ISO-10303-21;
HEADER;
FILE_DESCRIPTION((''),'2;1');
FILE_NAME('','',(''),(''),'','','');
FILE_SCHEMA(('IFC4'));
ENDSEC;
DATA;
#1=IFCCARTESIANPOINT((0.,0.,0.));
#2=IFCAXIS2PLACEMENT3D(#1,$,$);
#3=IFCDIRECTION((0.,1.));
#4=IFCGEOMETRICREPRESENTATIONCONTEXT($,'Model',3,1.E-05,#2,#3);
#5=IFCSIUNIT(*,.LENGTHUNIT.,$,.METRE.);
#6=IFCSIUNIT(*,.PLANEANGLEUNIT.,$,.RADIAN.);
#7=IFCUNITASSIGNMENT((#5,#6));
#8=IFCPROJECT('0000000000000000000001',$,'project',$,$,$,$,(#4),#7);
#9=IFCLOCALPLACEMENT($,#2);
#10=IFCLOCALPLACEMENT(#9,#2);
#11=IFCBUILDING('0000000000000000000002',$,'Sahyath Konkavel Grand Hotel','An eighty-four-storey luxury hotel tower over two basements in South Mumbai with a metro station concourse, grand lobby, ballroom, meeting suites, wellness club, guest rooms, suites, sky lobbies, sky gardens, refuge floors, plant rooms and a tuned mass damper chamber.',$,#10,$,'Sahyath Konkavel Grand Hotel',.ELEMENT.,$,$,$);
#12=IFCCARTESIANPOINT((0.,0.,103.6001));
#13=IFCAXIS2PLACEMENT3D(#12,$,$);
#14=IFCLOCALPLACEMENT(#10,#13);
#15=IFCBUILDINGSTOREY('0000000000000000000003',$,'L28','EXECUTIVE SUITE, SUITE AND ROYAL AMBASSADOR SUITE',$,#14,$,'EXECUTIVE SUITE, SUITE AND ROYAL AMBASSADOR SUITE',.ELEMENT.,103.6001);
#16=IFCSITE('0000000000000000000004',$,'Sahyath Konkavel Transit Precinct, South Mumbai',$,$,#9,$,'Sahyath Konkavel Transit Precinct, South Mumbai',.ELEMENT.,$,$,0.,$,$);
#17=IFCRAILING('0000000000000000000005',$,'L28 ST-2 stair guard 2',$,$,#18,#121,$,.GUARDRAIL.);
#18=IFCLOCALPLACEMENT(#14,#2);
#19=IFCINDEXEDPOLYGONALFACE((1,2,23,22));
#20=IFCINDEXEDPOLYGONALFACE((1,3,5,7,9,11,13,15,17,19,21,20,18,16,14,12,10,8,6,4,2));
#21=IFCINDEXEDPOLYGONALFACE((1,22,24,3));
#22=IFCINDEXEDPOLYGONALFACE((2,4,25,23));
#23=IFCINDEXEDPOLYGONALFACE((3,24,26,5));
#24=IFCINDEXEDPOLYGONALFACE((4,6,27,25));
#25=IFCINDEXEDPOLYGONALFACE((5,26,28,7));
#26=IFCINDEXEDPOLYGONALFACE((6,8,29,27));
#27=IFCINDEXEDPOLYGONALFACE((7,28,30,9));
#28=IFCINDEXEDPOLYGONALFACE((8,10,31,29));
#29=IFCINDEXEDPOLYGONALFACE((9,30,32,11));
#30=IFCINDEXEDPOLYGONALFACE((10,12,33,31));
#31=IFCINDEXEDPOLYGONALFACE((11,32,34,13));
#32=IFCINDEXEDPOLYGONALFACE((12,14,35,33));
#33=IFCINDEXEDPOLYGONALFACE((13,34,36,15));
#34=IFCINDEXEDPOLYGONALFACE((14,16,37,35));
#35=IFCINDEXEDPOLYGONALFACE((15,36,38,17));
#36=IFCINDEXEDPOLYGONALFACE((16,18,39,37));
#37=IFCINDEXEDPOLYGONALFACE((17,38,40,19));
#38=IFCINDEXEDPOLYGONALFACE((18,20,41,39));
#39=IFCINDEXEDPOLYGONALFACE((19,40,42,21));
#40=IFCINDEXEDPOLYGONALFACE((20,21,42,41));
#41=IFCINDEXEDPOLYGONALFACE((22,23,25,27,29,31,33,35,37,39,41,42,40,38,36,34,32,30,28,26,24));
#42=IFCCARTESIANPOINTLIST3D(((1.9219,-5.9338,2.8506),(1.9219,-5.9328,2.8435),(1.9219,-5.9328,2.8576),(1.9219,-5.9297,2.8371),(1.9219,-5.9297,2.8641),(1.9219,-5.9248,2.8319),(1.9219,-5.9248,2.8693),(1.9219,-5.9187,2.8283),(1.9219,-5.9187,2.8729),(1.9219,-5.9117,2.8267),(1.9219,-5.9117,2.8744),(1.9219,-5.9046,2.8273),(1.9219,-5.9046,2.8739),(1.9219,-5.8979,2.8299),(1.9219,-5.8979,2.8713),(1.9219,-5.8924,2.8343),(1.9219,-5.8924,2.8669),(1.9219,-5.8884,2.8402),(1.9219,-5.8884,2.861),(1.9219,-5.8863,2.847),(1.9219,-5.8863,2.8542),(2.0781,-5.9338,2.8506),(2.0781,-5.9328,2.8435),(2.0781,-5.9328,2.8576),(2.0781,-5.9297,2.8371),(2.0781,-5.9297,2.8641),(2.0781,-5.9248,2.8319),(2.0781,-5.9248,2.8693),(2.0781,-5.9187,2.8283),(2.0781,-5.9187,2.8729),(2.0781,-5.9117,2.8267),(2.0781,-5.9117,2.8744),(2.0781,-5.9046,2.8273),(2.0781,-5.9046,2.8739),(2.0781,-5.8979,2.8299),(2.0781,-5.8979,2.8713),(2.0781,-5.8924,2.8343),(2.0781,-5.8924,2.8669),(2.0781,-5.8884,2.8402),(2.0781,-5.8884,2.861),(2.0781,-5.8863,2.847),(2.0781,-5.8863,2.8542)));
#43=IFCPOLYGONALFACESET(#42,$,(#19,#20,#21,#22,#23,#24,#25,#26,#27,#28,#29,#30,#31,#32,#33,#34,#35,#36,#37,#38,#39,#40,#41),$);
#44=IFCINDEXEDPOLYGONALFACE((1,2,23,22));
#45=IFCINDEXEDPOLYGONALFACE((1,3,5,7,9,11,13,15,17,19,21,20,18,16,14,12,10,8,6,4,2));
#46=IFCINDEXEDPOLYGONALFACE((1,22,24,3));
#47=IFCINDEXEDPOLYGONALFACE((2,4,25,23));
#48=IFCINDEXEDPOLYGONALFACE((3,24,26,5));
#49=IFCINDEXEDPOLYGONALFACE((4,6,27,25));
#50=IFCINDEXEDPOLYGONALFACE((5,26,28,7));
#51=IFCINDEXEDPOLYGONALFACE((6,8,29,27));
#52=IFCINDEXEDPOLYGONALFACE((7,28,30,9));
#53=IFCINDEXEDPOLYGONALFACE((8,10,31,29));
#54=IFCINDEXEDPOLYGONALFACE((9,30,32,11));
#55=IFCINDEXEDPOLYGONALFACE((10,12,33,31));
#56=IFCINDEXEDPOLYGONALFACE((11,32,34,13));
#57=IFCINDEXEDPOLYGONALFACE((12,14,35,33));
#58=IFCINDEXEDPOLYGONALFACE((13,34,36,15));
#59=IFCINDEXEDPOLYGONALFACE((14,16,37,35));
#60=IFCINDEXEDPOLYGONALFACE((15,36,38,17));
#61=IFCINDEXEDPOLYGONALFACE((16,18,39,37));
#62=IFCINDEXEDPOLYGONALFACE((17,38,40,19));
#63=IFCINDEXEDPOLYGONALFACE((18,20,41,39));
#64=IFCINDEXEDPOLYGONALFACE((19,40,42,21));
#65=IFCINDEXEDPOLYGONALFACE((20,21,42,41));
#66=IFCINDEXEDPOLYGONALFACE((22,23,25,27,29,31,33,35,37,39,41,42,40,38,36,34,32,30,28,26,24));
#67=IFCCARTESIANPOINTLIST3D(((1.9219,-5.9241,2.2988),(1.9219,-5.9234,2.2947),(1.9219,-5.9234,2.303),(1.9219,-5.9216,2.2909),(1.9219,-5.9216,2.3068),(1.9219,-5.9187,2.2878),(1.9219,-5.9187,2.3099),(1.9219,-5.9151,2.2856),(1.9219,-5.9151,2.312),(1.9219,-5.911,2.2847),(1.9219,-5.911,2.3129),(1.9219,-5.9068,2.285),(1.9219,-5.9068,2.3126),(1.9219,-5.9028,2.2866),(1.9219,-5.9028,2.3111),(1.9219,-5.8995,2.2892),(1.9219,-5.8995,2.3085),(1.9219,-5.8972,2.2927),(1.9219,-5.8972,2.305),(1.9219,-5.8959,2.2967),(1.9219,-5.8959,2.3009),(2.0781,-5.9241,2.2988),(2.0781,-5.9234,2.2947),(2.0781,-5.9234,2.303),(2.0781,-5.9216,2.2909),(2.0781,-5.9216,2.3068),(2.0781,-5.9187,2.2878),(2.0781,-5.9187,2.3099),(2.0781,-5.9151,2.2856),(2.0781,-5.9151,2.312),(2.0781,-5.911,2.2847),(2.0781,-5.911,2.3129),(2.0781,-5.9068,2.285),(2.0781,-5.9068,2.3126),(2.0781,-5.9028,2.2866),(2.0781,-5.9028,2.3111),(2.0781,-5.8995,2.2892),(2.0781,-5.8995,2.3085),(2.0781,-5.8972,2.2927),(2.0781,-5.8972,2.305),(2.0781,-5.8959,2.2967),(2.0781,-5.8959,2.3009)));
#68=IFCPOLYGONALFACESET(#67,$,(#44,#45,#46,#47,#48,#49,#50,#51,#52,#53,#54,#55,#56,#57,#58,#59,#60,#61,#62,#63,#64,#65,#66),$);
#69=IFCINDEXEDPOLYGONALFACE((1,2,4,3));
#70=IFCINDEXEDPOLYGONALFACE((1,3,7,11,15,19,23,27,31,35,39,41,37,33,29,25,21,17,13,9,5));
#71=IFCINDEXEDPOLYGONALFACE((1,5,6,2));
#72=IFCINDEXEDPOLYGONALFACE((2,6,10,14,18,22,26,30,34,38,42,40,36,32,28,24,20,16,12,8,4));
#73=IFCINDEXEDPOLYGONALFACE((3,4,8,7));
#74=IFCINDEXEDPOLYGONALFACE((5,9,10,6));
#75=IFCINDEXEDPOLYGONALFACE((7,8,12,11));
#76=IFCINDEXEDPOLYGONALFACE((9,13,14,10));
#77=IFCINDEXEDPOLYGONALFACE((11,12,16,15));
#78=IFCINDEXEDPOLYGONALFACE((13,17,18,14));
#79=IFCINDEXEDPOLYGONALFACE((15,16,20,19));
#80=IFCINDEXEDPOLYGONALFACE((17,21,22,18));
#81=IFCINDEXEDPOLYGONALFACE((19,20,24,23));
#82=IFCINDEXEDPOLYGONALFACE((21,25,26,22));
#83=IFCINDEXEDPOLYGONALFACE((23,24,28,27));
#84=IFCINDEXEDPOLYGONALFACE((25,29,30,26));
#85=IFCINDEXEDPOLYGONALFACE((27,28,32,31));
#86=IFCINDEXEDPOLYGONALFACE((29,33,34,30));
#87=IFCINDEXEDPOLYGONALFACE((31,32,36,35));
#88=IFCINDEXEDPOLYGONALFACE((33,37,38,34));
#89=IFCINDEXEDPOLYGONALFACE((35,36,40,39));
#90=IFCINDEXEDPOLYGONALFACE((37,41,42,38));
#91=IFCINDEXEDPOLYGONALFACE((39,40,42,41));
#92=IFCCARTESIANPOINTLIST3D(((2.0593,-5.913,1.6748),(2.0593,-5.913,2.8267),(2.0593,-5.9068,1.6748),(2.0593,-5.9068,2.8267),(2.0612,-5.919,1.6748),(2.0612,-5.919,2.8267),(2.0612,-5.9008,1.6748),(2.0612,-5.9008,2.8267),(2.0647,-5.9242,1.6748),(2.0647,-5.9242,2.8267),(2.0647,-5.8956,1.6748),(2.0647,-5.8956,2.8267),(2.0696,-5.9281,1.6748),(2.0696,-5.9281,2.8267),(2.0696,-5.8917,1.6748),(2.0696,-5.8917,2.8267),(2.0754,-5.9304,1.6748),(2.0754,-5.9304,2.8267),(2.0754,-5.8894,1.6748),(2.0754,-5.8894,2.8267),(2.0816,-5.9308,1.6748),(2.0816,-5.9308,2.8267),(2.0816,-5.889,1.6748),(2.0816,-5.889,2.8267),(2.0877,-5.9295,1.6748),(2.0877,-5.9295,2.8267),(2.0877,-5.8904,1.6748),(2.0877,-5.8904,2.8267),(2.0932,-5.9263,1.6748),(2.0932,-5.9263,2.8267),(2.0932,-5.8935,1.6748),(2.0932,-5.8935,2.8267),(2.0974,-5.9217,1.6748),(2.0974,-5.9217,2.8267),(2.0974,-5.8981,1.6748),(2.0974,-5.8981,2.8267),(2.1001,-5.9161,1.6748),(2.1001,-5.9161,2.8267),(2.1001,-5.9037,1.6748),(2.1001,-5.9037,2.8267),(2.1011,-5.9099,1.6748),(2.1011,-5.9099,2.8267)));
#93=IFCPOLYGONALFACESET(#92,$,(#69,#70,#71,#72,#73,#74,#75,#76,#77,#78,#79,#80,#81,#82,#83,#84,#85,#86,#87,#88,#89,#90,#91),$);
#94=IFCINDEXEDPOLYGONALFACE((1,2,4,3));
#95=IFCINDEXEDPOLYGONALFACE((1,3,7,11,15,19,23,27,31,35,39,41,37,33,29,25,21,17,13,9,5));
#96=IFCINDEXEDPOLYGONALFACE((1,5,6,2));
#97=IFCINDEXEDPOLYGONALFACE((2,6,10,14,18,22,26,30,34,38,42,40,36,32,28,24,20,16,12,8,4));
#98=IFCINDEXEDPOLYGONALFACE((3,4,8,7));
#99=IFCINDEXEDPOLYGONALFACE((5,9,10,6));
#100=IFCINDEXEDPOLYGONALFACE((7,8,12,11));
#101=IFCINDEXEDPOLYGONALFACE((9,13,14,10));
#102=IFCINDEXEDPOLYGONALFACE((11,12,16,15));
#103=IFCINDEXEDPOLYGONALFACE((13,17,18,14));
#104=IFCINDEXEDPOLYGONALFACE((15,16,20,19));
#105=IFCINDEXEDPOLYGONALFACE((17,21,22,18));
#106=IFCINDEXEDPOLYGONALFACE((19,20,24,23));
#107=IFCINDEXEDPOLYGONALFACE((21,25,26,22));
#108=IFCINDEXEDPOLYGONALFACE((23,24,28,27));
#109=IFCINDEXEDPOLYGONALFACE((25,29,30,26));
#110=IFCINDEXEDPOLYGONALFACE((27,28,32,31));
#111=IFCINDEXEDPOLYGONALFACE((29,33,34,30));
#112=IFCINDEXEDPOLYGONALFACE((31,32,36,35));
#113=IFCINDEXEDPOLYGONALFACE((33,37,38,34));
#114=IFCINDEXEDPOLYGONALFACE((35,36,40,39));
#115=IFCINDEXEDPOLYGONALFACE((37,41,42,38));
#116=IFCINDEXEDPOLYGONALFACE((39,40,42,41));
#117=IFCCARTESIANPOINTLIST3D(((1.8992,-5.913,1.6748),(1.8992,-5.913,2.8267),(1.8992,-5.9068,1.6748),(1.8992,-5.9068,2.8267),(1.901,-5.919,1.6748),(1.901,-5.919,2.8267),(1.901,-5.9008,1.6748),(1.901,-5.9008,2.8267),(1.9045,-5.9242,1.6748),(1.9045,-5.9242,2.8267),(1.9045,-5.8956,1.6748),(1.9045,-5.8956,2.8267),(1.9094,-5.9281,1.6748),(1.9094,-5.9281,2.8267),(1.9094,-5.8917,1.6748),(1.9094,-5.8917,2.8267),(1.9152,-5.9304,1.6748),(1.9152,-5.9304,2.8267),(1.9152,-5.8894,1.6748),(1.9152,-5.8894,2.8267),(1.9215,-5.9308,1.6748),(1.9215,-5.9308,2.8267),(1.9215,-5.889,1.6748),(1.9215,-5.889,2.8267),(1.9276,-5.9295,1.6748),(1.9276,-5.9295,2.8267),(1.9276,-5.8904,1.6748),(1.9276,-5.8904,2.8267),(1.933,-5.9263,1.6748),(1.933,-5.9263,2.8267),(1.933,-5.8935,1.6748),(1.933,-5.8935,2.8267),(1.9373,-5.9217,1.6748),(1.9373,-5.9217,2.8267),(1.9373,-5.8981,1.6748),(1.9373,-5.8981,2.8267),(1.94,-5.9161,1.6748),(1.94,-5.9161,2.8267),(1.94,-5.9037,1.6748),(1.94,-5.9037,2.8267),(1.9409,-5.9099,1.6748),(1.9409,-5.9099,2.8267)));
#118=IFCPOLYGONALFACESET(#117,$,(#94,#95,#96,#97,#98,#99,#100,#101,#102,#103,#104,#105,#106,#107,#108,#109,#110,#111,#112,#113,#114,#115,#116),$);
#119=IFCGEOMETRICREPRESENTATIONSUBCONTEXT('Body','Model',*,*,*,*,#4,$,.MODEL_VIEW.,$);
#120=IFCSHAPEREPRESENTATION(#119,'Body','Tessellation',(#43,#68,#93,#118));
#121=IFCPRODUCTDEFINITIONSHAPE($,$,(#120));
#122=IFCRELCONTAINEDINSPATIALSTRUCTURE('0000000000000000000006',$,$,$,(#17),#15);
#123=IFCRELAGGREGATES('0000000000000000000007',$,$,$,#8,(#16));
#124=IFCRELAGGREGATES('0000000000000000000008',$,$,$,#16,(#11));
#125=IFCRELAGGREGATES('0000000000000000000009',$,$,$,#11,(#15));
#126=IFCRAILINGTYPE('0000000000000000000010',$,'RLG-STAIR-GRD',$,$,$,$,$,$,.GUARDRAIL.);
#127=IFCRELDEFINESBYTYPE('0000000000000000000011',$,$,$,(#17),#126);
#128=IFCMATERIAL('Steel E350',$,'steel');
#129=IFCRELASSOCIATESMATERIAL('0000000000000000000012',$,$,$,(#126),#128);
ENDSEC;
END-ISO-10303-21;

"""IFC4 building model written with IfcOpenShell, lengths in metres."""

from ifc_helpers import new_model, si_unit, direction, frame, origin, origin_2d, place, context, subcontext, project, spatial, circle, extrude, material, type_object, element, save


model = new_model("IFC4")

# Units and contexts
model_context = context("Model", 3, precision=1e-05, world=origin(), true_north=direction((0.0, 1.0)))
body_context = subcontext(model_context, "Body", "Model", "MODEL_VIEW")
ifc_project = project(units=[si_unit("LENGTHUNIT", "METRE"), si_unit("PLANEANGLEUNIT", "RADIAN")], contexts=[model_context])

# Site, building, storey
site_placement = place(None, origin())
site = spatial("IfcSite", under=ifc_project, at=site_placement, Name="Sahyath Konkavel Transit Precinct, South Mumbai", LongName="Sahyath Konkavel Transit Precinct, South Mumbai", CompositionType="ELEMENT", RefElevation=0.0)
building_placement = place(site_placement, origin())
building = spatial("IfcBuilding", under=site, at=building_placement, Name="Sahyath Konkavel Grand Hotel", Description="An eighty-four-storey luxury hotel tower over two basements in South Mumbai with a metro station concourse, grand lobby, ballroom, meeting suites, wellness club, guest rooms, suites, sky lobbies, sky gardens, refuge floors, plant rooms and a tuned mass damper chamber.", LongName="Sahyath Konkavel Grand Hotel", CompositionType="ELEMENT")
storey_placement = place(building_placement, frame((0.0, 0.0, 103.6001)))
storey = spatial("IfcBuildingStorey", under=building, at=storey_placement, Name="L28", Description="EXECUTIVE SUITE, SUITE AND ROYAL AMBASSADOR SUITE", LongName="EXECUTIVE SUITE, SUITE AND ROYAL AMBASSADOR SUITE", CompositionType="ELEMENT", Elevation=103.6001)

# Shared definitions
ifc_material_1 = material(Name="Steel E350", Category="steel")

# Railing
railing_type_1 = type_object("IfcRailingType", Name="RLG-STAIR-GRD", PredefinedType="GUARDRAIL", material=ifc_material_1)
railing_1_placement = place(storey_placement, frame((2.0801, -5.9099, 1.6748)))
element("IfcRailing", 1, at=railing_1_placement, inside=storey, type_object=railing_type_1, Name="L28 ST-2 stair guard 2", PredefinedType="GUARDRAIL", context=body_context, shape_type="SweptSolid", body=[
    extrude(circle(Radius=0.0239, at=origin_2d()), frame((-0.002, 0.0, 1.1758), z_axis=(-1.0, 0.0, 0.0), x_axis=(0.0, -1.0, 0.0)), (0.0, 0.0, 1.0), 0.1562),
    extrude(circle(Radius=0.0142, at=origin_2d()), frame((-0.002, 0.0, 0.624), z_axis=(-1.0, 0.0, 0.0), x_axis=(0.0, -1.0, 0.0)), (0.0, 0.0, 1.0), 0.1562),
    extrude(circle(Radius=0.021, at=origin_2d()), origin(), (0.0, 0.0, 1.0), 1.1519),
    extrude(circle(Radius=0.021, at=origin_2d()), frame((-0.1602, 0.0, 0.0)), (0.0, 0.0, 1.0), 1.1519),
])

save(model, "model.ifc")
